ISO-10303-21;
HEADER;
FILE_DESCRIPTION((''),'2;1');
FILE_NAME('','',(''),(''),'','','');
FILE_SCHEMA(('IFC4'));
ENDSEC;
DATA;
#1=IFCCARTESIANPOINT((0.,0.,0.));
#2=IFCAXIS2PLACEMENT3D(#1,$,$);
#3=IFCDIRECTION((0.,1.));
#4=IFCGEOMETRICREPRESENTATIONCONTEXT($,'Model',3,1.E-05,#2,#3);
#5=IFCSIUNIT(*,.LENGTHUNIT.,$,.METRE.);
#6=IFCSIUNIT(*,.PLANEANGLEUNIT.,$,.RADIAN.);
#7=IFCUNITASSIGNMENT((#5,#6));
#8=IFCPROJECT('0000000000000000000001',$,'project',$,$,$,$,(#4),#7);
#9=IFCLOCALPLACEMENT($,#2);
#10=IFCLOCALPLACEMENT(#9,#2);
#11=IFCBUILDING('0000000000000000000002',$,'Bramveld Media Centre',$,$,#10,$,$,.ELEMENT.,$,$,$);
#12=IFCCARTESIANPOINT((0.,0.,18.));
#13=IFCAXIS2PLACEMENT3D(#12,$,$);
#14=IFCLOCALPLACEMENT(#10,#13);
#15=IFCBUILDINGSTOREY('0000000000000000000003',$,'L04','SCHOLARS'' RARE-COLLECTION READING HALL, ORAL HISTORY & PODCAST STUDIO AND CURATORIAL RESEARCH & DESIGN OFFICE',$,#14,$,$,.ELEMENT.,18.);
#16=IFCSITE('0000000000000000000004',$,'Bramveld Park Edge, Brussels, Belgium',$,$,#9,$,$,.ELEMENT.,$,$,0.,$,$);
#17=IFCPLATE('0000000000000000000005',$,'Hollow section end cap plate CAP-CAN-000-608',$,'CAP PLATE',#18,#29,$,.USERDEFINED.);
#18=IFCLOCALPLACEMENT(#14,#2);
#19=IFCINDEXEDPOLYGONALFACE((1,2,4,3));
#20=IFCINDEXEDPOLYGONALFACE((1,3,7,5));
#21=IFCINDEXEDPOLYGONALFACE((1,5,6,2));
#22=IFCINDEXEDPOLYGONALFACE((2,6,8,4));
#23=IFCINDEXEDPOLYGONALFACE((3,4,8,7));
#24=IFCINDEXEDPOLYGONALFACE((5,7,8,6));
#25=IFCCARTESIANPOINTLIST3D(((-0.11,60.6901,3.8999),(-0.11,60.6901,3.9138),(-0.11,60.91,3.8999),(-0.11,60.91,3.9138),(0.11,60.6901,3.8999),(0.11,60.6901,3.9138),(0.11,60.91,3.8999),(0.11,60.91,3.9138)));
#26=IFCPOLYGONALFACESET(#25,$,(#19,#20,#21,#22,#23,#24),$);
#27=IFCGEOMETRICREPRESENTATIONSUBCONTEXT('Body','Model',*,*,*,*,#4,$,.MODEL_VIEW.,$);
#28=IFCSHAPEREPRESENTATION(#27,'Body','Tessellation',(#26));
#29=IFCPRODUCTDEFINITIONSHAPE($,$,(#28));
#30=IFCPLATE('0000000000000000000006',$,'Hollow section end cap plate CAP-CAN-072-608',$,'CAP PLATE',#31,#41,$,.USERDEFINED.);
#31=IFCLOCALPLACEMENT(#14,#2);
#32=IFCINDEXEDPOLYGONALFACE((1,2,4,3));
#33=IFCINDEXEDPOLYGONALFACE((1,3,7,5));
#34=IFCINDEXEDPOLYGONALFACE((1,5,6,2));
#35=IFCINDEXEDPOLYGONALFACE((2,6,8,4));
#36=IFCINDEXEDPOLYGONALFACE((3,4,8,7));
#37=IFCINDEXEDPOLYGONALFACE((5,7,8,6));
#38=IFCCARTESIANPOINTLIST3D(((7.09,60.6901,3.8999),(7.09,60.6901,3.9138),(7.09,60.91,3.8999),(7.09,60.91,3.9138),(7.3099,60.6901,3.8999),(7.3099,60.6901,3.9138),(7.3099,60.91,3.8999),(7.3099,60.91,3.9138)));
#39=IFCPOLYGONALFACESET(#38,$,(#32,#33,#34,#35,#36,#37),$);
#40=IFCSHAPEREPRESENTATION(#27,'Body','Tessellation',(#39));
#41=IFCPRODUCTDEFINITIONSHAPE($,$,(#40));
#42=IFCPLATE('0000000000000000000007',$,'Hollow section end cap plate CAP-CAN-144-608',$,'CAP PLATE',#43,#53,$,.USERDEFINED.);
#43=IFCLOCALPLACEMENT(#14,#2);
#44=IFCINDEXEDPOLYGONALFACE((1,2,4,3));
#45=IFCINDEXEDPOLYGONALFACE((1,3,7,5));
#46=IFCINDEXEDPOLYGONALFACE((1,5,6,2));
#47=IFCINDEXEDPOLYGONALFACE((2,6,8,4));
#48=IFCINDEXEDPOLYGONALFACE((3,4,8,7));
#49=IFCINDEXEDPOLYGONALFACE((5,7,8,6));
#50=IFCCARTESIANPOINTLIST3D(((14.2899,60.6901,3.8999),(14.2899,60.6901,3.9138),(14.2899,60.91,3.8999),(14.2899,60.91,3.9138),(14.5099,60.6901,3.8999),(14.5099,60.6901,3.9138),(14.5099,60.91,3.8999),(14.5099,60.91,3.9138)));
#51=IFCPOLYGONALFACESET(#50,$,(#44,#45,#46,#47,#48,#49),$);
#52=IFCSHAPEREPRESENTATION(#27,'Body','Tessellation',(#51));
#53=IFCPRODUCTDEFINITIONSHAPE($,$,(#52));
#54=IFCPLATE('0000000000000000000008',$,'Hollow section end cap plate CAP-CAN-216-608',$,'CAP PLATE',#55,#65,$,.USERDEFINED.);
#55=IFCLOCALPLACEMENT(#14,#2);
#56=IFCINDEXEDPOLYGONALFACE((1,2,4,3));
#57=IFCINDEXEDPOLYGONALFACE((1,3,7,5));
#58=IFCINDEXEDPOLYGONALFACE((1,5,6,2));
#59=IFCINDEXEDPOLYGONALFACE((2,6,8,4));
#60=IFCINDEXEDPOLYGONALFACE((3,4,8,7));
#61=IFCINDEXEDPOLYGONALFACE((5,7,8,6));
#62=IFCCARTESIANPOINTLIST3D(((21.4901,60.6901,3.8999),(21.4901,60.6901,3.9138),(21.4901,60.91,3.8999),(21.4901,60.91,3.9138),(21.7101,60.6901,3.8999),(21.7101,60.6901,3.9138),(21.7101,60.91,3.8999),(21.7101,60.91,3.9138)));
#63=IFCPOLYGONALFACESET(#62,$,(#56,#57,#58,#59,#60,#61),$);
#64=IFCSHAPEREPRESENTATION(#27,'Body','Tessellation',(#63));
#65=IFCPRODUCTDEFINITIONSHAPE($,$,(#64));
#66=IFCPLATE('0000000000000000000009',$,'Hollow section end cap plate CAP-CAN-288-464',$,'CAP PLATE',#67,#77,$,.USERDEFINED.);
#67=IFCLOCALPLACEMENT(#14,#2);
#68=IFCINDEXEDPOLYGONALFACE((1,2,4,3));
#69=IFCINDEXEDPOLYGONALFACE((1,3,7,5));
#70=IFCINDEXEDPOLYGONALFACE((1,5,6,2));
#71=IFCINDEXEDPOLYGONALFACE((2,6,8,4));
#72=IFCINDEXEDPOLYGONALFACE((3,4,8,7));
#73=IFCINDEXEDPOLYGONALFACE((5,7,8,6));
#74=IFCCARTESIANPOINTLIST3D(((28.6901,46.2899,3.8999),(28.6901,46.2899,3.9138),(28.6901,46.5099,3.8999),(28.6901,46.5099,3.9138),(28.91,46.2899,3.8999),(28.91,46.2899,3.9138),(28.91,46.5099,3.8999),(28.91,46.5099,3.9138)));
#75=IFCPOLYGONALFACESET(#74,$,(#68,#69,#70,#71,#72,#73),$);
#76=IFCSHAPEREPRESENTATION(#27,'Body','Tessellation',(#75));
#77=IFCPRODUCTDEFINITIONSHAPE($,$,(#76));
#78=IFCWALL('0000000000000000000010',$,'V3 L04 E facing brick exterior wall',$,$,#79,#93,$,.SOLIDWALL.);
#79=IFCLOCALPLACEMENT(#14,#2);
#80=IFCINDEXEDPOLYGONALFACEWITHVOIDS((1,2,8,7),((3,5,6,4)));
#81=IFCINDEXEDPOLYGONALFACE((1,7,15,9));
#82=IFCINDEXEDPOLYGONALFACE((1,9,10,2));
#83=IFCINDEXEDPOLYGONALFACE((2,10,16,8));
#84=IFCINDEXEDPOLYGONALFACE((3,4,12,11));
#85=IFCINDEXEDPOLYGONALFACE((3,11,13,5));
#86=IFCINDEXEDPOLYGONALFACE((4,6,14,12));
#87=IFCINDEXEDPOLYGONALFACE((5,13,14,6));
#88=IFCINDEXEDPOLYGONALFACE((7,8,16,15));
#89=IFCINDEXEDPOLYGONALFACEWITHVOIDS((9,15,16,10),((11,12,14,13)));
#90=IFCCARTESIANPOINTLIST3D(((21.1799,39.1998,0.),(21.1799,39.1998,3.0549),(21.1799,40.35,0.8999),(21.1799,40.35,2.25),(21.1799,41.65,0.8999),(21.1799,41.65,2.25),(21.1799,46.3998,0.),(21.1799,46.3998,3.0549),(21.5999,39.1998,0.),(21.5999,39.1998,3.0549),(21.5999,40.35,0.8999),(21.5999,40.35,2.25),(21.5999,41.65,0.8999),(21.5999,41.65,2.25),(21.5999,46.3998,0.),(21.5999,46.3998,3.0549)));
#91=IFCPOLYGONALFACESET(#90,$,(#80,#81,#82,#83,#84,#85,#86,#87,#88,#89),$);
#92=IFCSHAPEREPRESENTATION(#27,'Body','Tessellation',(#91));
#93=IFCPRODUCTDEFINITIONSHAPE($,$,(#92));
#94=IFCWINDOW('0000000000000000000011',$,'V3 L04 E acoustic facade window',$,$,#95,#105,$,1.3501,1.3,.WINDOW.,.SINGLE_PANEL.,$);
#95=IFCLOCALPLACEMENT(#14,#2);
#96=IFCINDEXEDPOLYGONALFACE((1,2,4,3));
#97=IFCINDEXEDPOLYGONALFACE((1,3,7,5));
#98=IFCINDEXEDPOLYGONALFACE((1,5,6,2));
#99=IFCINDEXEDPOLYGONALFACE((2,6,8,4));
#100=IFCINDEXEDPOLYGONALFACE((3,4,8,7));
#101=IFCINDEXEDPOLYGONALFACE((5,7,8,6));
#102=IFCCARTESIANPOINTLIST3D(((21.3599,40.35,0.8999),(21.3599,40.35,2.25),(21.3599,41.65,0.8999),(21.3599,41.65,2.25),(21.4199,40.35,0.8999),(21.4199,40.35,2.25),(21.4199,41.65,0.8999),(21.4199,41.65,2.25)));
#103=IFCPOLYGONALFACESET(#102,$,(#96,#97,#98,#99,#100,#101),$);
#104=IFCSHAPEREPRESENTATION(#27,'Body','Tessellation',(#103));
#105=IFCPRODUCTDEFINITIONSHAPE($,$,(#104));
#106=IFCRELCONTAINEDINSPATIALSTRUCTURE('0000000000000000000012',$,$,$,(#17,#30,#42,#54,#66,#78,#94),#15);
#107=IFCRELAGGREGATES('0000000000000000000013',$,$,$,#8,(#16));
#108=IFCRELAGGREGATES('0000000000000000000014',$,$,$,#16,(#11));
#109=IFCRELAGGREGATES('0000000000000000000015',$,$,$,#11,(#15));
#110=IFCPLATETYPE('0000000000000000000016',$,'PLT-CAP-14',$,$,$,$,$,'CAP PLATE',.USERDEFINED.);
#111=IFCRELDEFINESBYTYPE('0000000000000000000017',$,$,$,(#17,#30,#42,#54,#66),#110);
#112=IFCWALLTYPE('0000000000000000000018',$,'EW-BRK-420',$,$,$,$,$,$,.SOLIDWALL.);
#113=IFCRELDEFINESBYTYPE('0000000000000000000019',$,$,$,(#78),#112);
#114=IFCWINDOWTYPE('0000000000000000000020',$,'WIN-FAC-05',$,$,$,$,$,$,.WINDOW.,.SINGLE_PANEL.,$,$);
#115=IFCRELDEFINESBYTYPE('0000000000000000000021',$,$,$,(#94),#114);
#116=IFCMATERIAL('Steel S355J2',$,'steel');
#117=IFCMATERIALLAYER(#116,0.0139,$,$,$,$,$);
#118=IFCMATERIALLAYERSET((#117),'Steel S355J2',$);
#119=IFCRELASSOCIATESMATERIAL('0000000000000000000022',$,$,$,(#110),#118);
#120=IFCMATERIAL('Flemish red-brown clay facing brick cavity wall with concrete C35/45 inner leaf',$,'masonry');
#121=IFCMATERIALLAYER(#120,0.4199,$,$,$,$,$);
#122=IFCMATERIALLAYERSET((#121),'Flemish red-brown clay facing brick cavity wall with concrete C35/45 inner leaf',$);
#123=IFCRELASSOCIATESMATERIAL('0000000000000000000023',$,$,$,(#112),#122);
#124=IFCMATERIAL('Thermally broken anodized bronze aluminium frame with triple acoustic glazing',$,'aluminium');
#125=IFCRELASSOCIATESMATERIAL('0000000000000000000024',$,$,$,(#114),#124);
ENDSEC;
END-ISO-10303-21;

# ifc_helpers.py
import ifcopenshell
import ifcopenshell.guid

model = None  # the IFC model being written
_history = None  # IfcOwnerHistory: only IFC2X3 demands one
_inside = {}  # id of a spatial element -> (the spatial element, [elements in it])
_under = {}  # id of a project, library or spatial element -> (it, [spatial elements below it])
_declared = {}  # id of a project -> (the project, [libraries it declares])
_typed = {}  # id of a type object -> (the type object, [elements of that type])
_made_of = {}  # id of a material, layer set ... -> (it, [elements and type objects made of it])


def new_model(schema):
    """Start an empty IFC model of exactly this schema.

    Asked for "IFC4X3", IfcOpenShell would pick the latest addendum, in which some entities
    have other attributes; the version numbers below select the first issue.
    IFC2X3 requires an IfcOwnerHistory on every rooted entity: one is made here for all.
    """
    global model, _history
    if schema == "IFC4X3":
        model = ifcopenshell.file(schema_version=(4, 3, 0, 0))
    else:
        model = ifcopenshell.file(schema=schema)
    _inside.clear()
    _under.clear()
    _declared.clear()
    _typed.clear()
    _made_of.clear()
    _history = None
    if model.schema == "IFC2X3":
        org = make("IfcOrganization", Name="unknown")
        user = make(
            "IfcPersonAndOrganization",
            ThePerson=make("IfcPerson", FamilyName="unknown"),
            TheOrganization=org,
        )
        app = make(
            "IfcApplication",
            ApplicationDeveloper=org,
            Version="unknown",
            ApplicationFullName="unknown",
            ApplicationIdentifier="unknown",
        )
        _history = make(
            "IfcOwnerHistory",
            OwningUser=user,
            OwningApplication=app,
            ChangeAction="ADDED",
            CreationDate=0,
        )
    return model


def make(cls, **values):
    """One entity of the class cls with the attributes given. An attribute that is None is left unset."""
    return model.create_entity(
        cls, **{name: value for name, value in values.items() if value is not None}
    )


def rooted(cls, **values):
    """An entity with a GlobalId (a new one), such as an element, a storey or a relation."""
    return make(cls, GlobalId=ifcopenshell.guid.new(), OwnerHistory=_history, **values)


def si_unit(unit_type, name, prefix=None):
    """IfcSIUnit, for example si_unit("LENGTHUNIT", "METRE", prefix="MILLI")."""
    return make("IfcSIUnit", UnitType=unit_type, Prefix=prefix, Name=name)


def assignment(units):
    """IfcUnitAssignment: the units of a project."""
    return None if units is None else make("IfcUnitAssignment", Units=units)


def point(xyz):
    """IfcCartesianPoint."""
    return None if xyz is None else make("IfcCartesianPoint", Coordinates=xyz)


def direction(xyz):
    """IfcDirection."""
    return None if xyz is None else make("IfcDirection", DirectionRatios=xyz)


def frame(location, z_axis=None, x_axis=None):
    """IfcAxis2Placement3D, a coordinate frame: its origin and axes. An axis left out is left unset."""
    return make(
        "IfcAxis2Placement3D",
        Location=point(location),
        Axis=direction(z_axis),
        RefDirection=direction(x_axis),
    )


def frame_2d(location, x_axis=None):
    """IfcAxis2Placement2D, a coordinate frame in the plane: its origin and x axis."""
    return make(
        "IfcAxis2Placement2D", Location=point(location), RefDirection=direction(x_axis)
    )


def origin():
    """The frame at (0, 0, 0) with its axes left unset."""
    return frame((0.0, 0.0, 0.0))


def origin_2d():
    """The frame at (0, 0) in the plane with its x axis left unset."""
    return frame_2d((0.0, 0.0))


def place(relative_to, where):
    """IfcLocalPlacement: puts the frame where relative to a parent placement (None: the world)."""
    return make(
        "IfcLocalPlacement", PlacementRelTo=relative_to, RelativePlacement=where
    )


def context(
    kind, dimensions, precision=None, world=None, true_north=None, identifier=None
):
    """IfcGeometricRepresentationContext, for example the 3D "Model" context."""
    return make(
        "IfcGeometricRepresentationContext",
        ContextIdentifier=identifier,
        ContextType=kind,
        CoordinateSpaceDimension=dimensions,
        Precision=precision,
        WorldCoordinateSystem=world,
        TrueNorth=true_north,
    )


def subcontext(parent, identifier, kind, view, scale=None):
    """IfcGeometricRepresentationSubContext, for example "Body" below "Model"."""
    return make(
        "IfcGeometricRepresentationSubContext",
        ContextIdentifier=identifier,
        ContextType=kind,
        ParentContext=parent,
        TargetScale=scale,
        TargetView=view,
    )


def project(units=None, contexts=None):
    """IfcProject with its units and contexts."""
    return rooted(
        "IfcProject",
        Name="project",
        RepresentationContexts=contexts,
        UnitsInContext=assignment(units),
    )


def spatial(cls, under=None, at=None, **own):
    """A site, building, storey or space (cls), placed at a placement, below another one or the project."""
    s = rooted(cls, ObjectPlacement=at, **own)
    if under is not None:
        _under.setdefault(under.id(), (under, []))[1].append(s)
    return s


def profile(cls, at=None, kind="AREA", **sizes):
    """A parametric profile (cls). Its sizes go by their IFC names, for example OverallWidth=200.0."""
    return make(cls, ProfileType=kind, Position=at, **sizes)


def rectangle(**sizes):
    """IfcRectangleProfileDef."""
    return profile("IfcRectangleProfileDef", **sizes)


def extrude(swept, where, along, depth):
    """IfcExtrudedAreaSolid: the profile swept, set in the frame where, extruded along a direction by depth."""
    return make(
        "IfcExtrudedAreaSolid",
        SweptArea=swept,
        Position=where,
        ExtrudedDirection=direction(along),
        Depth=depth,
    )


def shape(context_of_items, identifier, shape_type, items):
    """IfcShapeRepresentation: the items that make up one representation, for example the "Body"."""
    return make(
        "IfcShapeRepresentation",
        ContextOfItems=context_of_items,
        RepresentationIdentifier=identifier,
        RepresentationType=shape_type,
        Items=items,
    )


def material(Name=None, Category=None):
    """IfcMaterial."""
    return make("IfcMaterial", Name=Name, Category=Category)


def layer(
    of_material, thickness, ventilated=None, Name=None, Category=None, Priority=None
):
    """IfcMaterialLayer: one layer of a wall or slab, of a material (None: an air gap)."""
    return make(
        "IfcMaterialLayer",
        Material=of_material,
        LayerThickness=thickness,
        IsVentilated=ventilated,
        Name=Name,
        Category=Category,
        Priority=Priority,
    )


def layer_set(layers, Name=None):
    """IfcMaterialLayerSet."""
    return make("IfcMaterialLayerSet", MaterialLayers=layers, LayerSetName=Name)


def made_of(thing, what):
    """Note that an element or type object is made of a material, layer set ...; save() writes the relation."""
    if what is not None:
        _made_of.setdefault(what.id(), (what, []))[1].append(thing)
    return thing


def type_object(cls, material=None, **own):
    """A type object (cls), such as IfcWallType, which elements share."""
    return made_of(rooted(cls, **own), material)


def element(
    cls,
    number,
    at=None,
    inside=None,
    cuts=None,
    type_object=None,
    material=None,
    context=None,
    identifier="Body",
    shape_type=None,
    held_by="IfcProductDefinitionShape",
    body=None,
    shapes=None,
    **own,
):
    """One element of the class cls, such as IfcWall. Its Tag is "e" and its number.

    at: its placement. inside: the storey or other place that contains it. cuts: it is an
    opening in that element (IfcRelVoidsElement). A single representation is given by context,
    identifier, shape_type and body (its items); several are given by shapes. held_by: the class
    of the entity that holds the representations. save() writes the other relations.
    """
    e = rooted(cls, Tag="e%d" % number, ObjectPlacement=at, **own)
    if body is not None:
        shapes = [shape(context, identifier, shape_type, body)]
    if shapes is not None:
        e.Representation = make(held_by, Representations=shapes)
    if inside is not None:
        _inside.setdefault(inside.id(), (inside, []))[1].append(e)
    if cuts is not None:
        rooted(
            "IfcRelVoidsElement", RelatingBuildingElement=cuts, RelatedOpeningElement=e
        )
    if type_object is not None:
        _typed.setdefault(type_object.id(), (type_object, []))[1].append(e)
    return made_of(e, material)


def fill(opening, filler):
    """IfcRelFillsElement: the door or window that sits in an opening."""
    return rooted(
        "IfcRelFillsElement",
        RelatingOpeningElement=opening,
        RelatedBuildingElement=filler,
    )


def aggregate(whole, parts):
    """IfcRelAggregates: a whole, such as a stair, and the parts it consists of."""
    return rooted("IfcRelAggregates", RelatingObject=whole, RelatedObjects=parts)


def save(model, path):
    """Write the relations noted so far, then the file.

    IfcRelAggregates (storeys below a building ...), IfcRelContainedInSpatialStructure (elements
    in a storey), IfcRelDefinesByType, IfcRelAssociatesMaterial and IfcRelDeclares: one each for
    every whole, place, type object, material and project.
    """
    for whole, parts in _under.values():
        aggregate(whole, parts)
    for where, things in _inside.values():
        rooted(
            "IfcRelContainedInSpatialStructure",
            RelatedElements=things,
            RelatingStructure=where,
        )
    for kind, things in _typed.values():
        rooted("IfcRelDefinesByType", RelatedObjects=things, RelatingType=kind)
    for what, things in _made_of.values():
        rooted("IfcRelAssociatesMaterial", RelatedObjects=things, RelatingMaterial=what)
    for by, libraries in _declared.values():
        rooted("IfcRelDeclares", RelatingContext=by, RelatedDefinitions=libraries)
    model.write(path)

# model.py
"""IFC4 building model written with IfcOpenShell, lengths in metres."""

from ifc_helpers import new_model, si_unit, direction, frame, frame_2d, origin, origin_2d, place, context, subcontext, project, spatial, rectangle, extrude, material, layer, layer_set, type_object, element, fill, save


model = new_model("IFC4")

# Units and contexts
model_context = context("Model", 3, precision=1e-05, world=origin(), true_north=direction((0.0, 1.0)))
body_context = subcontext(model_context, "Body", "Model", "MODEL_VIEW")
ifc_project = project(units=[si_unit("LENGTHUNIT", "METRE"), si_unit("PLANEANGLEUNIT", "RADIAN")], contexts=[model_context])

# Site, building, storey
site_placement = place(None, origin())
site = spatial("IfcSite", under=ifc_project, at=site_placement, Name="Bramveld Park Edge, Brussels, Belgium", CompositionType="ELEMENT", RefElevation=0.0)
building_placement = place(site_placement, origin())
building = spatial("IfcBuilding", under=site, at=building_placement, Name="Bramveld Media Centre", CompositionType="ELEMENT")
storey_placement = place(building_placement, frame((0.0, 0.0, 18.0)))
storey = spatial("IfcBuildingStorey", under=building, at=storey_placement, Name="L04", Description="SCHOLARS' RARE-COLLECTION READING HALL, ORAL HISTORY & PODCAST STUDIO AND CURATORIAL RESEARCH & DESIGN OFFICE", CompositionType="ELEMENT", Elevation=18.0)

# Plates
ifc_material_1 = material(Name="Steel S355J2", Category="steel")
ifc_layer_1 = layer(ifc_material_1, 0.0139)
ifc_layer_set_1 = layer_set([ifc_layer_1], Name="Steel S355J2")
plate_type = type_object("IfcPlateType", Name="PLT-CAP-14", ElementType="CAP PLATE", PredefinedType="USERDEFINED", material=ifc_layer_set_1)
for number, where, z_axis, x_axis, name in (
    (1, (0.0, 60.8, 3.8999), (0.0, 0.0, 1.0), (1.0, 0.0, 0.0), "Hollow section end cap plate CAP-CAN-000-608"),
    (2, (7.2, 60.8, 3.8999), (0.0, 0.0, 1.0), (1.0, 0.0, 0.0), "Hollow section end cap plate CAP-CAN-072-608"),
    (3, (14.3999, 60.8, 3.8999), (0.0, 0.0, 1.0), (1.0, 0.0, 0.0), "Hollow section end cap plate CAP-CAN-144-608"),
    (4, (21.6001, 60.8, 3.8999), (0.0, 0.0, 1.0), (1.0, 0.0, 0.0), "Hollow section end cap plate CAP-CAN-216-608"),
    (5, (28.8, 46.3999, 3.8999), (0.0, 0.0, 1.0), (1.0, 0.0, 0.0), "Hollow section end cap plate CAP-CAN-288-464"),
):
    element("IfcPlate", number, at=place(storey_placement, frame(where, z_axis=z_axis, x_axis=x_axis)), inside=storey, type_object=plate_type, Name=name, ObjectType="CAP PLATE", PredefinedType="USERDEFINED", context=body_context, shape_type="SweptSolid", body=[
        extrude(rectangle(XDim=0.22, YDim=0.22, at=origin_2d()), origin(), (0.0, 0.0, 1.0), 0.0139),
    ])

# Wall, opening, window
ifc_material_2 = material(Name="Flemish red-brown clay facing brick cavity wall with concrete C35/45 inner leaf", Category="masonry")
ifc_layer_2 = layer(ifc_material_2, 0.4199)
ifc_layer_set_2 = layer_set([ifc_layer_2], Name="Flemish red-brown clay facing brick cavity wall with concrete C35/45 inner leaf")
wall_type = type_object("IfcWallType", Name="EW-BRK-420", PredefinedType="SOLIDWALL", material=ifc_layer_set_2)
wall_placement = place(storey_placement, frame((21.3899, 46.3999, 0.0), z_axis=(0.0, 0.0, 1.0), x_axis=(0.0, -1.0, 0.0)))
wall = element("IfcWall", 6, at=wall_placement, inside=storey, type_object=wall_type, Name="V3 L04 E facing brick exterior wall", PredefinedType="SOLIDWALL", context=body_context, shape_type="SweptSolid", body=[
    extrude(rectangle(XDim=7.2, YDim=0.4199, at=frame_2d((3.6001, 0.0))), origin(), (0.0, 0.0, 1.0), 3.0549),
])
opening_placement = place(wall_placement, frame((4.75, 0.0, 0.8999)))
opening = element("IfcOpeningElement", 7, at=opening_placement, cuts=wall, PredefinedType="OPENING", context=body_context, shape_type="SweptSolid", body=[
    extrude(rectangle(XDim=1.3, YDim=1.3501, at=frame_2d((0.6499, 0.675))), frame((0.0, 0.2219, 0.0), z_axis=(0.0, -1.0, 0.0), x_axis=(1.0, 0.0, 0.0)), (0.0, 0.0, 1.0), 0.4438),
])
ifc_material_3 = material(Name="Thermally broken anodized bronze aluminium frame with triple acoustic glazing", Category="aluminium")
window_type = type_object("IfcWindowType", Name="WIN-FAC-05", PartitioningType="SINGLE_PANEL", PredefinedType="WINDOW", material=ifc_material_3)
window_placement = place(opening_placement, origin())
window = element("IfcWindow", 8, at=window_placement, inside=storey, type_object=window_type, Name="V3 L04 E acoustic facade window", OverallHeight=1.3501, OverallWidth=1.3, PartitioningType="SINGLE_PANEL", PredefinedType="WINDOW", context=body_context, shape_type="SweptSolid", body=[
    extrude(rectangle(XDim=1.3, YDim=1.3501, at=frame_2d((0.6499, 0.675))), frame((0.0, 0.03, 0.0), z_axis=(0.0, -1.0, 0.0), x_axis=(1.0, 0.0, 0.0)), (0.0, 0.0, 1.0), 0.0601),
])
fill(opening, window)

save(model, "model.ifc")
